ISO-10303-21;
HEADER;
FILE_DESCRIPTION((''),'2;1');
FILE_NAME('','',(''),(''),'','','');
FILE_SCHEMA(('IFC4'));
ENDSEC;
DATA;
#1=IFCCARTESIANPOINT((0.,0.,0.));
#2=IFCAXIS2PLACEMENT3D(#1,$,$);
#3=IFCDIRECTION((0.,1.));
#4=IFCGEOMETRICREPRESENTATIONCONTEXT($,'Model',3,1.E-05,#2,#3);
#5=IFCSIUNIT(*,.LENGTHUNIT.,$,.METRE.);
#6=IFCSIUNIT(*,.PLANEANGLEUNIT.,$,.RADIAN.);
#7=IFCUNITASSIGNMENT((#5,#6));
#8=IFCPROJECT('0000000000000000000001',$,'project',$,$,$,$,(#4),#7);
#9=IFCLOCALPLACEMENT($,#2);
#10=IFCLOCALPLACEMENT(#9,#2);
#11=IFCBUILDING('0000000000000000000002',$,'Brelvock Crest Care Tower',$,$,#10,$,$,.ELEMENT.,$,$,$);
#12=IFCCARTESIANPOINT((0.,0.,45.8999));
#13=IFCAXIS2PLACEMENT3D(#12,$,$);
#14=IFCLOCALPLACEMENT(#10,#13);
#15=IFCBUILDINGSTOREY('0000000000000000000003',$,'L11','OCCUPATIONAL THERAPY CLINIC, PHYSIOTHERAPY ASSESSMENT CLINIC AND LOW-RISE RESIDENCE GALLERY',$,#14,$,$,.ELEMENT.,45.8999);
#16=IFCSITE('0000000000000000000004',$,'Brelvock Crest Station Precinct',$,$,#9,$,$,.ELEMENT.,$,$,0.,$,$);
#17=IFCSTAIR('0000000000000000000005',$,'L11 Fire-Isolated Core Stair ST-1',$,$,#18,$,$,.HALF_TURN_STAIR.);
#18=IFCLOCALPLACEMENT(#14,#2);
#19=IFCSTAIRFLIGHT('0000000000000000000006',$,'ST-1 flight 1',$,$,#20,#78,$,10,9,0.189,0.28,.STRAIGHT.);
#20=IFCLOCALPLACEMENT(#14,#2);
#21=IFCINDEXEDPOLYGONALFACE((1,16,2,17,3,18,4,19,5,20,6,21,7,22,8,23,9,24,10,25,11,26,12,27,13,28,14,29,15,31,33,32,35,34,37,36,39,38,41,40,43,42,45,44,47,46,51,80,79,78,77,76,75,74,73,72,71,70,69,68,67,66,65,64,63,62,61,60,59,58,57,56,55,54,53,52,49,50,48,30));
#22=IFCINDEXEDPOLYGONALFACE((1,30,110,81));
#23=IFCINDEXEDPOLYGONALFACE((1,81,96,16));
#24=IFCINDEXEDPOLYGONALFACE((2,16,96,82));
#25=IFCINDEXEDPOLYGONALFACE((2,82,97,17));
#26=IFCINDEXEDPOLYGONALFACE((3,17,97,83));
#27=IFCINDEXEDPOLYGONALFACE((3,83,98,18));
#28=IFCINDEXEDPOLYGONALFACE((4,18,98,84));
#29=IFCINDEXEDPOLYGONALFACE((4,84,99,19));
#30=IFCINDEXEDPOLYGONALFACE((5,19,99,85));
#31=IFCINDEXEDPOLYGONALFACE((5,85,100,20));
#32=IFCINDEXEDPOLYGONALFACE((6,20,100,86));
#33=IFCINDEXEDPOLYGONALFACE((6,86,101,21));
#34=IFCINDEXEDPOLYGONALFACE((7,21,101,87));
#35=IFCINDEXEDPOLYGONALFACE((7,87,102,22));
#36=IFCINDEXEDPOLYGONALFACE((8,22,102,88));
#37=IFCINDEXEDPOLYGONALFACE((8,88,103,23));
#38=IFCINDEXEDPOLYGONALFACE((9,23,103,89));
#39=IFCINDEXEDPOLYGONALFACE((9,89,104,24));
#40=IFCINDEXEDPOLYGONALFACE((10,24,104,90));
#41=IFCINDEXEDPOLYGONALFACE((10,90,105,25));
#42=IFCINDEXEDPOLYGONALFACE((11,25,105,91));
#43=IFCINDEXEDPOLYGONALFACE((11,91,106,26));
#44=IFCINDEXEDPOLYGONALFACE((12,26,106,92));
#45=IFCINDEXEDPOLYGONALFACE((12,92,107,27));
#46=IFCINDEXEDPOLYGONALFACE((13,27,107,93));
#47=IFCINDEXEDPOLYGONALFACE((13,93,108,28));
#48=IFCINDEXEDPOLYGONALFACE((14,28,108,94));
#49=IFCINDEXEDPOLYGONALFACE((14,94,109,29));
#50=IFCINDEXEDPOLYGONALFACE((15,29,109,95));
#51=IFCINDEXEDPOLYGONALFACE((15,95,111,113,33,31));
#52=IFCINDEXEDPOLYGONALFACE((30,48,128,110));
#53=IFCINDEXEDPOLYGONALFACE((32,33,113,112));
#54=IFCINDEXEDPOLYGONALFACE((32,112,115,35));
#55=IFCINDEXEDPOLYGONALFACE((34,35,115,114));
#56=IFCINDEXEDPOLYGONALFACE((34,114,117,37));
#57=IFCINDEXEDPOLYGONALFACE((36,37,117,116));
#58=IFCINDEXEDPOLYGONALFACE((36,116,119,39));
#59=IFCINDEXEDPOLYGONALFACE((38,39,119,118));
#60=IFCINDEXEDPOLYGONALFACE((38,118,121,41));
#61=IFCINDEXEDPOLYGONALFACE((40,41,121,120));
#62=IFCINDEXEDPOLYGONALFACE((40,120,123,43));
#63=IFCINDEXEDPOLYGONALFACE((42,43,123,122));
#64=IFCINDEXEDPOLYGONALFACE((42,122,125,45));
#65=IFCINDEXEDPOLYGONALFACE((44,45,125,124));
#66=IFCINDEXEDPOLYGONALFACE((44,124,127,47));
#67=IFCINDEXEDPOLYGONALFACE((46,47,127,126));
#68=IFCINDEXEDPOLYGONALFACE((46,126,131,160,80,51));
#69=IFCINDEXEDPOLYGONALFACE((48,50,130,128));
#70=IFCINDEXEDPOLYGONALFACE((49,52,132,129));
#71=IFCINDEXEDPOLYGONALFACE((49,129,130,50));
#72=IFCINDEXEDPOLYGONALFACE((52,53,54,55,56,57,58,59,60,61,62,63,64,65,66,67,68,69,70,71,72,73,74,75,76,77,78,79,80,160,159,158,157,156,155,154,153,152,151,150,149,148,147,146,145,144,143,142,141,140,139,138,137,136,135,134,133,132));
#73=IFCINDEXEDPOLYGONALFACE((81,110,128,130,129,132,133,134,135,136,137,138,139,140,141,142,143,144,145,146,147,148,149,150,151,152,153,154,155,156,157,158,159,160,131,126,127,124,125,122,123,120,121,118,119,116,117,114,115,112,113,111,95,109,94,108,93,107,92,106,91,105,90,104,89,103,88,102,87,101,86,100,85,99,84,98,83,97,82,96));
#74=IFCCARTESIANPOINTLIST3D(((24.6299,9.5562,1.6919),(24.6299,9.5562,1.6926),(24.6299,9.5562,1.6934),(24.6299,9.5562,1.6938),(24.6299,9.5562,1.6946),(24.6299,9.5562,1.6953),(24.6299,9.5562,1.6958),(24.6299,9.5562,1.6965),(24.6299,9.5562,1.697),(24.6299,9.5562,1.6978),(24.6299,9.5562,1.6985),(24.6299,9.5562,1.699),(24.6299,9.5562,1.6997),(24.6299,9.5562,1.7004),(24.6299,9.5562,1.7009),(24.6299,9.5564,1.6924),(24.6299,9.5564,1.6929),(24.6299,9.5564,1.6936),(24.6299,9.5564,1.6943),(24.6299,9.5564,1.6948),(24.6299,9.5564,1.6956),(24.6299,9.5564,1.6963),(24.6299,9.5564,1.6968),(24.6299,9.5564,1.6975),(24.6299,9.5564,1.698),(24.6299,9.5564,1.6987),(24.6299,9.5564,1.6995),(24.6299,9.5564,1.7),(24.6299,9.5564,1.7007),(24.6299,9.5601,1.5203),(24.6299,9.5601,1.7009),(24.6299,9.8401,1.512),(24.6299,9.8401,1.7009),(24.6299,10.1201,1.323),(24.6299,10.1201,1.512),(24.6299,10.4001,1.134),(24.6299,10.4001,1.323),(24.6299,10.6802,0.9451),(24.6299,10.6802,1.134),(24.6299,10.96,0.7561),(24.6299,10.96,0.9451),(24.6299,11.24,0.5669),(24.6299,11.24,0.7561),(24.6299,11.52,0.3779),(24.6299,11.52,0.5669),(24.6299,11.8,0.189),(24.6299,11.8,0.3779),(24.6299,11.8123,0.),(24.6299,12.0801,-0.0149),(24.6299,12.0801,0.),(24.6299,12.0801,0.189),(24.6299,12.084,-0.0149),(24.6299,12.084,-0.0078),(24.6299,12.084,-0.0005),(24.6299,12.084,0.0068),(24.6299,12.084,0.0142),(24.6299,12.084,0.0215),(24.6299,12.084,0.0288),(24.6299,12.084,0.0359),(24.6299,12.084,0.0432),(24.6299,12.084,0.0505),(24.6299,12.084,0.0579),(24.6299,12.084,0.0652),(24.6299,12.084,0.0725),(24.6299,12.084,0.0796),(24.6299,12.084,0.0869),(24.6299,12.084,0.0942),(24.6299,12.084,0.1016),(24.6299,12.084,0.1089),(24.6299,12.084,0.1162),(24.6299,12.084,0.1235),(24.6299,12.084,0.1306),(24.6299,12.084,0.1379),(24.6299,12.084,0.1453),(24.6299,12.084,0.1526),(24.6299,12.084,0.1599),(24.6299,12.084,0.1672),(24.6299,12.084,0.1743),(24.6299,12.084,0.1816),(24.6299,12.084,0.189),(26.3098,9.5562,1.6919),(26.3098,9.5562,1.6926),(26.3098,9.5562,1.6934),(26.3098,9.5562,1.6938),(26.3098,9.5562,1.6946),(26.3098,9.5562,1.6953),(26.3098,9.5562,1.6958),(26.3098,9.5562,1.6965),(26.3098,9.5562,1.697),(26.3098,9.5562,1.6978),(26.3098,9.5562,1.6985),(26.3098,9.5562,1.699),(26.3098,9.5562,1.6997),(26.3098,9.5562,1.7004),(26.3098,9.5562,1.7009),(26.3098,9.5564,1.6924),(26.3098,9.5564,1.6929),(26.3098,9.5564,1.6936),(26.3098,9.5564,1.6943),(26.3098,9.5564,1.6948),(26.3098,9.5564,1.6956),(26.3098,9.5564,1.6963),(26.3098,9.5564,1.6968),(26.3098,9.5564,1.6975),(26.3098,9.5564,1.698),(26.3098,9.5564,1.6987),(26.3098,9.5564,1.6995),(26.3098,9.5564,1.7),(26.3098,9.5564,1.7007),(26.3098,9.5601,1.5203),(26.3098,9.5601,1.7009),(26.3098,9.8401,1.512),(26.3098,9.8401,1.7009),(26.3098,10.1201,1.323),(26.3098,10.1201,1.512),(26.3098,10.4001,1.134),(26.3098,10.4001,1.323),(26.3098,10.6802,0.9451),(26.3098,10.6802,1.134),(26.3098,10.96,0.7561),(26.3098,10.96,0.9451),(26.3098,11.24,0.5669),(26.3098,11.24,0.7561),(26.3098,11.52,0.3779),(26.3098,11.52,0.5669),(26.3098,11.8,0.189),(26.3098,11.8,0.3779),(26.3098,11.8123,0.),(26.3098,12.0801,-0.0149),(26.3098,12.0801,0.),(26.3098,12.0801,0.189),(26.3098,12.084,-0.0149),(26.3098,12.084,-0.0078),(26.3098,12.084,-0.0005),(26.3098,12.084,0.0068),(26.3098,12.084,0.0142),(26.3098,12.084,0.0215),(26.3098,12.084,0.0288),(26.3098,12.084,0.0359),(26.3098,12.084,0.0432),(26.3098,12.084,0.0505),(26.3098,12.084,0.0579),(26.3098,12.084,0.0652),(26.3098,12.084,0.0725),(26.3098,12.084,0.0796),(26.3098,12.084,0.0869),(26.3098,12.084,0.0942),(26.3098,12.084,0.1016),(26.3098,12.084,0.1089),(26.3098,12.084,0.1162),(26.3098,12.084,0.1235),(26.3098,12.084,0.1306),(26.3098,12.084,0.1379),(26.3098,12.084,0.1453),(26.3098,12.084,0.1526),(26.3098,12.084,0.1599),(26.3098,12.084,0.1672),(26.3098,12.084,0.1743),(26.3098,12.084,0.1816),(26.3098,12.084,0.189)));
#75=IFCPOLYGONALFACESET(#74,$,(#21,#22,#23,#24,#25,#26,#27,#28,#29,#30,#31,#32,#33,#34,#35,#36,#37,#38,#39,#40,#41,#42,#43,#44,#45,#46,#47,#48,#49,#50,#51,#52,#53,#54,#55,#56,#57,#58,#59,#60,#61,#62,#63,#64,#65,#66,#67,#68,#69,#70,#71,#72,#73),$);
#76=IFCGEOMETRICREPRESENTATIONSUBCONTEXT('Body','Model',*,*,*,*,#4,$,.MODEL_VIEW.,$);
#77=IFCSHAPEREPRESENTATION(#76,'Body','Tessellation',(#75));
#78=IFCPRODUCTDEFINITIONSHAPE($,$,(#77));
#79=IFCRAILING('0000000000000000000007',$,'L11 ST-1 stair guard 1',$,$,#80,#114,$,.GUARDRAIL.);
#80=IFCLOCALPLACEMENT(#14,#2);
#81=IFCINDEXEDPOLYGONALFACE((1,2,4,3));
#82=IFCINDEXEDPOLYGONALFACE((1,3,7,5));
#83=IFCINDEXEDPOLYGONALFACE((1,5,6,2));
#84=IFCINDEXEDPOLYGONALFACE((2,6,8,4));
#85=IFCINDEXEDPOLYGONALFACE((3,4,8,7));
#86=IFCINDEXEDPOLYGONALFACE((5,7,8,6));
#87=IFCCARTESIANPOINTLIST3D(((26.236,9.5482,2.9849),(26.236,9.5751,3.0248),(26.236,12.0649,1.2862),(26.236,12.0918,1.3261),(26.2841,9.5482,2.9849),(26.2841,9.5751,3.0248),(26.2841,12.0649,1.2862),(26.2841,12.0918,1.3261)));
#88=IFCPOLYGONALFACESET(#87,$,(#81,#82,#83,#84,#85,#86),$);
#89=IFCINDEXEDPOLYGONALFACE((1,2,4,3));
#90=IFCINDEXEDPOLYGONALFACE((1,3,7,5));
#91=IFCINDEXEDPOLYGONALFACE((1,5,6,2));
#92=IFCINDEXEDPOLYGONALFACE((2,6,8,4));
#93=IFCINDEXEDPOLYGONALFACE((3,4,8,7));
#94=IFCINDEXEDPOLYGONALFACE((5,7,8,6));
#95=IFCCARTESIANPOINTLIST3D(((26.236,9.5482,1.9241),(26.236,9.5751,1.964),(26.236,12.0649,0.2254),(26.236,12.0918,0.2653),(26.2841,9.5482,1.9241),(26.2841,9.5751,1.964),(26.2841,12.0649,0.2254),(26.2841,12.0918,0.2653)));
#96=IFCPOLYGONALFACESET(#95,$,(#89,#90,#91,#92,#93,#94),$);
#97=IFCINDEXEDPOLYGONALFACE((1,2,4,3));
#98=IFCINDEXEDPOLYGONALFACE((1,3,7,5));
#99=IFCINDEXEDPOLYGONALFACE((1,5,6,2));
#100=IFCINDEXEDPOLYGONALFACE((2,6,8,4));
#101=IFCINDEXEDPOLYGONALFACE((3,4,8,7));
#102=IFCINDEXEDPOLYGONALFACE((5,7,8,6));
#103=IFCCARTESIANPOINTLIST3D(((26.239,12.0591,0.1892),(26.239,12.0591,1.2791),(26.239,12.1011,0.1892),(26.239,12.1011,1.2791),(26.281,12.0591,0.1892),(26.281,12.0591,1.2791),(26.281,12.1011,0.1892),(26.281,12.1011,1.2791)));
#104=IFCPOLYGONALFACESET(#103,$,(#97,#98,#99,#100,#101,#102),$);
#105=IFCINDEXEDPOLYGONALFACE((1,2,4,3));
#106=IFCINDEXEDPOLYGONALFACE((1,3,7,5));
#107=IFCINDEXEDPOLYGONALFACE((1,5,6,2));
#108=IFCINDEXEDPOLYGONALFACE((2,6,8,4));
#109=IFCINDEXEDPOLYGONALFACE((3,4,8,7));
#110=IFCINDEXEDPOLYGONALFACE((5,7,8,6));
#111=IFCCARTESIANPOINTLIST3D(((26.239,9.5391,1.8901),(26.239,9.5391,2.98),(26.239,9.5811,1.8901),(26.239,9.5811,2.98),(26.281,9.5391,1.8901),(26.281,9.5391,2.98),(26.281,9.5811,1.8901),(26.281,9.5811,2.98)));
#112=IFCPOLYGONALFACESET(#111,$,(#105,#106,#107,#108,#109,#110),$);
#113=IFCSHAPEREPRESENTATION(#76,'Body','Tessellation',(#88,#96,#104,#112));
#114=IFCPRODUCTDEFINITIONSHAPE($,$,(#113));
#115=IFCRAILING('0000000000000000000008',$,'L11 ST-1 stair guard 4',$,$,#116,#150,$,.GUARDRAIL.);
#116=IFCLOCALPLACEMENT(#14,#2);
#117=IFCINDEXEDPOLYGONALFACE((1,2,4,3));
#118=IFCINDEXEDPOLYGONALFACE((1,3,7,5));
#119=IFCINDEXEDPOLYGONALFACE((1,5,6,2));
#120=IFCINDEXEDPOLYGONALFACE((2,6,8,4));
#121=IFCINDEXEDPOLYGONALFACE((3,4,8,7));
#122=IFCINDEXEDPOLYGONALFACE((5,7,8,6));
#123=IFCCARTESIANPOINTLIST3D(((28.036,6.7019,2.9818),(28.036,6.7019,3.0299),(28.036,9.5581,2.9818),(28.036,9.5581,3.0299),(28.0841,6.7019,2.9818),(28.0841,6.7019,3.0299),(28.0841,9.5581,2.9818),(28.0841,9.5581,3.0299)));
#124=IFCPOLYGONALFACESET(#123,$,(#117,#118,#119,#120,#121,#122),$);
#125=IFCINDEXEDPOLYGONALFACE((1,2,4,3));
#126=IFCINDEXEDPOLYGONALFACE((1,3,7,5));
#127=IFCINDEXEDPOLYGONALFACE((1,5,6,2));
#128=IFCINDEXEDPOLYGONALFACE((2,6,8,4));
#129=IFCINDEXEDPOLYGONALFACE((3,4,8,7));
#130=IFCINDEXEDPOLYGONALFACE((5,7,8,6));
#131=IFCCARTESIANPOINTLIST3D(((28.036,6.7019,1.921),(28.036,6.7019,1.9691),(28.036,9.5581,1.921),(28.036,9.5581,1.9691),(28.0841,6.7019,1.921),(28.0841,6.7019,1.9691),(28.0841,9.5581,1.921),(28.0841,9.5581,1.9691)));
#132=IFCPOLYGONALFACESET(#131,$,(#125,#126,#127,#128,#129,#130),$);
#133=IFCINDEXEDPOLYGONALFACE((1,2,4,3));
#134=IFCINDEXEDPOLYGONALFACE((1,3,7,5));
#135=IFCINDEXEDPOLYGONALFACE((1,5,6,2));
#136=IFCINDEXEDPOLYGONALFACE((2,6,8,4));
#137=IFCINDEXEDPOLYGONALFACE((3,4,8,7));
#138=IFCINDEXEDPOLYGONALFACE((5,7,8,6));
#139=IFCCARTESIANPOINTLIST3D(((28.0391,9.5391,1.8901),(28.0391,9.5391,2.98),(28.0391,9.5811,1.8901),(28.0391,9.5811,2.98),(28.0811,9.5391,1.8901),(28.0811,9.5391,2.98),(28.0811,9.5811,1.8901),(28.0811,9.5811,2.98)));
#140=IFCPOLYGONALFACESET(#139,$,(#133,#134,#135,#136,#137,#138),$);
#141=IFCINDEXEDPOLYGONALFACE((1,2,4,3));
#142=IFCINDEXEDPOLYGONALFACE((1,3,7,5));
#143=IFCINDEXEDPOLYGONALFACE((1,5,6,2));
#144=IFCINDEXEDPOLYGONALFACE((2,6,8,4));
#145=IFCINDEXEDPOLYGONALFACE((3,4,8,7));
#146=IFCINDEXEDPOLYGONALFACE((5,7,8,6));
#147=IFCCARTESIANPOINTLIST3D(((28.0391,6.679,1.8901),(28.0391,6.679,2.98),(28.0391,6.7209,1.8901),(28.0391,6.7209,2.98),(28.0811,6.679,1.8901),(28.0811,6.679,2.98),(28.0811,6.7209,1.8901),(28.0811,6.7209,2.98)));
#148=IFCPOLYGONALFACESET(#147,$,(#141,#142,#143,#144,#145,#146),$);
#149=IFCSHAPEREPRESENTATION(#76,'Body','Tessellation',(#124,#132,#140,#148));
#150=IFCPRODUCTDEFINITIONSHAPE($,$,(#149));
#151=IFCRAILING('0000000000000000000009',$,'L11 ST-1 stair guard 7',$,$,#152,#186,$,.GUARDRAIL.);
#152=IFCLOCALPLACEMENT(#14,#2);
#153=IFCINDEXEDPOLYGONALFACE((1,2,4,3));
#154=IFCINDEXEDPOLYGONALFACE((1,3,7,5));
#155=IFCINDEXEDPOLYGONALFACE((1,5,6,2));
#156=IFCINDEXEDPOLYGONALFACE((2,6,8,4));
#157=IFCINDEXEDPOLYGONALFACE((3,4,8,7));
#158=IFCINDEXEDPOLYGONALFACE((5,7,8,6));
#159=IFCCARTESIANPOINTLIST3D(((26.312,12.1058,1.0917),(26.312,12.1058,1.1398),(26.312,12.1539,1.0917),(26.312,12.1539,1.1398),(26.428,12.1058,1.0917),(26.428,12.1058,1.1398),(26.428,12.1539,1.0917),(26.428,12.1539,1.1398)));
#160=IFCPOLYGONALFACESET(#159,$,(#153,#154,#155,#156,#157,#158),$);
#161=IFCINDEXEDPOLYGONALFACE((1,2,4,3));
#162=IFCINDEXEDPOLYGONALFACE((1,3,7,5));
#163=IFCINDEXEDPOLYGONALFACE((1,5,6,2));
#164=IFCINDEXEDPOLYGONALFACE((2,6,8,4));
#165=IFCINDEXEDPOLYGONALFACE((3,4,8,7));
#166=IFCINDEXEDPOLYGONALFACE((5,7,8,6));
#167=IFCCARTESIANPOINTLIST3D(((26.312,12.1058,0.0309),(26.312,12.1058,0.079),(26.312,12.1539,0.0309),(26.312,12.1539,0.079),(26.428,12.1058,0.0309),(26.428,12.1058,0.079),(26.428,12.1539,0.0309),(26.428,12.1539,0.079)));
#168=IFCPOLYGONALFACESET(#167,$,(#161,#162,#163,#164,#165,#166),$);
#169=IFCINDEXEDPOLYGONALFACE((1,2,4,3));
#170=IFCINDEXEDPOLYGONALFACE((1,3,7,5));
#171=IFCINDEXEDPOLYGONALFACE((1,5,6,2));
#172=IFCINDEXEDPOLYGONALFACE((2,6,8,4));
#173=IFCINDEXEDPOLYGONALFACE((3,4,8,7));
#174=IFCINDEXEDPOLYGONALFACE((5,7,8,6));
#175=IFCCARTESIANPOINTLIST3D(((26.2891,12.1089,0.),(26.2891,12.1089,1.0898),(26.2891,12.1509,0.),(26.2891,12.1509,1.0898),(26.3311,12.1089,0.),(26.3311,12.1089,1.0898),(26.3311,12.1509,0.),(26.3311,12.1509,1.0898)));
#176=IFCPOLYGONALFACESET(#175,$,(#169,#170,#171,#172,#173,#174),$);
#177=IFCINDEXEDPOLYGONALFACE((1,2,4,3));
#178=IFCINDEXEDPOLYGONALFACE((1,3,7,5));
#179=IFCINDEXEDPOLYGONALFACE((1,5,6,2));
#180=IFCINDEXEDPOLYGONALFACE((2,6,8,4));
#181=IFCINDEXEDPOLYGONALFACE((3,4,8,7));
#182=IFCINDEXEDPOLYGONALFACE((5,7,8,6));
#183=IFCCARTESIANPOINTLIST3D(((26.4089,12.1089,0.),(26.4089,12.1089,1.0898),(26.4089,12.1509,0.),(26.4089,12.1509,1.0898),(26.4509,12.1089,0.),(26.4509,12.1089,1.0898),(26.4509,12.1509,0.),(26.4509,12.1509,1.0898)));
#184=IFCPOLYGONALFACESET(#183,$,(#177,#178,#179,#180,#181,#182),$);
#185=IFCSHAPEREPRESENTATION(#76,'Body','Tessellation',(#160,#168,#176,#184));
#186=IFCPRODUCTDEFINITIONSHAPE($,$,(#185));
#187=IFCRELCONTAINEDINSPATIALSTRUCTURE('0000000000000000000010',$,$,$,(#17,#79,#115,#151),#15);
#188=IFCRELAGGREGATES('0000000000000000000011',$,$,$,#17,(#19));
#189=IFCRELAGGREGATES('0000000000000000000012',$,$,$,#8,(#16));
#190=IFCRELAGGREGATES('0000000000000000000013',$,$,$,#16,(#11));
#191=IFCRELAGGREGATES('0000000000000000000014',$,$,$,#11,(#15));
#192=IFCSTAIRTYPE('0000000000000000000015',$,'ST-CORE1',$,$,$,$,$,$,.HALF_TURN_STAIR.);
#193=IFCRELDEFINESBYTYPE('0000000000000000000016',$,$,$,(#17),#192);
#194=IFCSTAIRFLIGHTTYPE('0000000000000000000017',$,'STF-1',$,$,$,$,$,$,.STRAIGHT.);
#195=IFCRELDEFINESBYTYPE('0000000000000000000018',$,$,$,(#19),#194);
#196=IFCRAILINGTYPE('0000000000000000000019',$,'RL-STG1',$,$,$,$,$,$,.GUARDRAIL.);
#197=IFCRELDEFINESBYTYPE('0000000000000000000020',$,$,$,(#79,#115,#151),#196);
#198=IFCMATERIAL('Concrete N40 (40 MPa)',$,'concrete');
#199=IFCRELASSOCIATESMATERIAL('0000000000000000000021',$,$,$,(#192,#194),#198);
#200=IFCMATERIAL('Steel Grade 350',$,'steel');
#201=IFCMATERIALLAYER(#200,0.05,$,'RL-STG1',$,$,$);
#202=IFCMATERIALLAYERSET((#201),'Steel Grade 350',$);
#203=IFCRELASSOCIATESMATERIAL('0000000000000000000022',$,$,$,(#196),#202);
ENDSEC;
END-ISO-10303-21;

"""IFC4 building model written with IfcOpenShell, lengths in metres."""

from ifc_helpers import new_model, si_unit, direction, frame, origin, origin_2d, place, context, subcontext, project, spatial, polyline, rectangle, outline, extrude, material, layer, layer_set, type_object, element, aggregate, save


model = new_model("IFC4")

# Units and contexts
model_context = context("Model", 3, precision=1e-05, world=origin(), true_north=direction((0.0, 1.0)))
body_context = subcontext(model_context, "Body", "Model", "MODEL_VIEW")
ifc_project = project(units=[si_unit("LENGTHUNIT", "METRE"), si_unit("PLANEANGLEUNIT", "RADIAN")], contexts=[model_context])

# Site, building, storey
site_placement = place(None, origin())
site = spatial("IfcSite", under=ifc_project, at=site_placement, Name="Brelvock Crest Station Precinct", CompositionType="ELEMENT", RefElevation=0.0)
building_placement = place(site_placement, origin())
building = spatial("IfcBuilding", under=site, at=building_placement, Name="Brelvock Crest Care Tower", CompositionType="ELEMENT")
storey_placement = place(building_placement, frame((0.0, 0.0, 45.8999)))
storey = spatial("IfcBuildingStorey", under=building, at=storey_placement, Name="L11", Description="OCCUPATIONAL THERAPY CLINIC, PHYSIOTHERAPY ASSESSMENT CLINIC AND LOW-RISE RESIDENCE GALLERY", CompositionType="ELEMENT", Elevation=45.8999)

# Shared definitions
ifc_material_1 = material(Name="Steel Grade 350", Category="steel")

# Stair, stair flight
ifc_material_2 = material(Name="Concrete N40 (40 MPa)", Category="concrete")
stair_type = type_object("IfcStairType", Name="ST-CORE1", PredefinedType="HALF_TURN_STAIR", material=ifc_material_2)
stair_placement = place(storey_placement, origin())
stair = element("IfcStair", 1, at=stair_placement, inside=storey, type_object=stair_type, Name="L11 Fire-Isolated Core Stair ST-1", PredefinedType="HALF_TURN_STAIR")
stair_flight_type = type_object("IfcStairFlightType", Name="STF-1", PredefinedType="STRAIGHT", material=ifc_material_2)
stair_flight_placement = place(storey_placement, frame((25.47, 12.0801, 0.0), z_axis=(0.0, 0.0, 1.0), x_axis=(0.0, -1.0, 0.0)))
stair_flight = element("IfcStairFlight", 2, at=stair_flight_placement, type_object=stair_flight_type, Name="ST-1 flight 1", NumberOfRisers=10, NumberOfTreads=9, PredefinedType="STRAIGHT", RiserHeight=0.189, TreadLength=0.28, context=body_context, shape_type="SweptSolid", body=[
    extrude(outline(polyline([(-0.0039, -0.0149), (-0.0039, -0.0078), (-0.0039, -0.0005), (-0.0039, 0.0068), (-0.0039, 0.0142), (-0.0039, 0.0215), (-0.0039, 0.0288), (-0.0039, 0.0359), (-0.0039, 0.0432), (-0.0039, 0.0505), (-0.0039, 0.0579), (-0.0039, 0.0652), (-0.0039, 0.0725), (-0.0039, 0.0796), (-0.0039, 0.0869), (-0.0039, 0.0942), (-0.0039, 0.1016), (-0.0039, 0.1089), (-0.0039, 0.1162), (-0.0039, 0.1235), (-0.0039, 0.1306), (-0.0039, 0.1379), (-0.0039, 0.1453), (-0.0039, 0.1526), (-0.0039, 0.1599), (-0.0039, 0.1672), (-0.0039, 0.1743), (-0.0039, 0.1816), (-0.0039, 0.189), (0.0, 0.189), (0.28, 0.189), (0.28, 0.3779), (0.5601, 0.3779), (0.5601, 0.5669), (0.8401, 0.5669), (0.8401, 0.7561), (1.1201, 0.7561), (1.1201, 0.9451), (1.3999, 0.9451), (1.3999, 1.134), (1.6799, 1.134), (1.6799, 1.323), (1.96, 1.323), (1.96, 1.512), (2.24, 1.512), (2.24, 1.7009), (2.52, 1.7009), (2.5239, 1.7009), (2.5237, 1.7007), (2.5239, 1.7004), (2.5237, 1.7), (2.5239, 1.6997), (2.5237, 1.6995), (2.5239, 1.699), (2.5237, 1.6987), (2.5239, 1.6985), (2.5237, 1.698), (2.5239, 1.6978), (2.5237, 1.6975), (2.5239, 1.697), (2.5237, 1.6968), (2.5239, 1.6965), (2.5237, 1.6963), (2.5239, 1.6958), (2.5237, 1.6956), (2.5239, 1.6953), (2.5237, 1.6948), (2.5239, 1.6946), (2.5237, 1.6943), (2.5239, 1.6938), (2.5237, 1.6936), (2.5239, 1.6934), (2.5237, 1.6929), (2.5239, 1.6926), (2.5237, 1.6924), (2.5239, 1.6919), (2.52, 1.5203), (0.2678, 0.0), (0.0, 0.0), (0.0, -0.0149), (-0.0039, -0.0149)])), frame((0.0, 0.8398, 0.0), z_axis=(0.0, -1.0, 0.0), x_axis=(1.0, 0.0, 0.0)), (0.0, 0.0, 1.0), 1.6799),
])
aggregate(stair, [stair_flight])

# Railings
ifc_layer_1 = layer(ifc_material_1, 0.05, Name="RL-STG1")
ifc_layer_set_1 = layer_set([ifc_layer_1], Name="Steel Grade 350")
railing_type_1 = type_object("IfcRailingType", Name="RL-STG1", PredefinedType="GUARDRAIL", material=ifc_layer_set_1)
railing_1_placement = place(storey_placement, frame((26.26, 12.0801, 0.1892)))
element("IfcRailing", 3, at=railing_1_placement, inside=storey, type_object=railing_type_1, Name="L11 ST-1 stair guard 1", PredefinedType="GUARDRAIL", context=body_context, shape_type="SweptSolid", body=[
    extrude(rectangle(XDim=0.0481, YDim=0.0481, at=origin_2d()), frame((0.0, -0.0017, 1.1169), z_axis=(0.0, -0.828862, 0.559454), x_axis=(1.0, 0.0, 0.0)), (0.0, 0.0, 1.0), 3.0364),
    extrude(rectangle(XDim=0.0481, YDim=0.0481, at=origin_2d()), frame((0.0, -0.0017, 0.0562), z_axis=(0.0, -0.828862, 0.559454), x_axis=(1.0, 0.0, 0.0)), (0.0, 0.0, 1.0), 3.0364),
    extrude(rectangle(XDim=0.042, YDim=0.042, at=origin_2d()), origin(), (0.0, 0.0, 1.0), 1.0898),
    extrude(rectangle(XDim=0.042, YDim=0.042, at=origin_2d()), frame((0.0, -2.52, 1.7009)), (0.0, 0.0, 1.0), 1.0898),
])
railing_2_placement = place(storey_placement, frame((28.0601, 9.5601, 1.8901)))
element("IfcRailing", 4, at=railing_2_placement, inside=storey, type_object=railing_type_1, Name="L11 ST-1 stair guard 4", PredefinedType="GUARDRAIL", context=body_context, shape_type="SweptSolid", body=[
    extrude(rectangle(XDim=0.0481, YDim=0.0481, at=origin_2d()), frame((0.0, -0.002, 1.1157), z_axis=(0.0, -1.0, 0.0), x_axis=(1.0, 0.0, 0.0)), (0.0, 0.0, 1.0), 2.8562),
    extrude(rectangle(XDim=0.0481, YDim=0.0481, at=origin_2d()), frame((0.0, -0.002, 0.0549), z_axis=(0.0, -1.0, 0.0), x_axis=(1.0, 0.0, 0.0)), (0.0, 0.0, 1.0), 2.8562),
    extrude(rectangle(XDim=0.042, YDim=0.042, at=origin_2d()), origin(), (0.0, 0.0, 1.0), 1.0898),
    extrude(rectangle(XDim=0.042, YDim=0.042, at=origin_2d()), frame((0.0, -2.8601, 0.0)), (0.0, 0.0, 1.0), 1.0898),
])
railing_3_placement = place(storey_placement, frame((26.3101, 12.1299, 0.0)))
element("IfcRailing", 5, at=railing_3_placement, inside=storey, type_object=railing_type_1, Name="L11 ST-1 stair guard 7", PredefinedType="GUARDRAIL", context=body_context, shape_type="SweptSolid", body=[
    extrude(rectangle(XDim=0.0481, YDim=0.0481, at=origin_2d()), frame((0.002, 0.0, 1.1157), z_axis=(1.0, 0.0, 0.0), x_axis=(0.0, 1.0, 0.0)), (0.0, 0.0, 1.0), 0.116),
    extrude(rectangle(XDim=0.0481, YDim=0.0481, at=origin_2d()), frame((0.002, 0.0, 0.0549), z_axis=(1.0, 0.0, 0.0), x_axis=(0.0, 1.0, 0.0)), (0.0, 0.0, 1.0), 0.116),
    extrude(rectangle(XDim=0.042, YDim=0.042, at=origin_2d()), origin(), (0.0, 0.0, 1.0), 1.0898),
    extrude(rectangle(XDim=0.042, YDim=0.042, at=origin_2d()), frame((0.1199, 0.0, 0.0)), (0.0, 0.0, 1.0), 1.0898),
])

save(model, "model.ifc")
